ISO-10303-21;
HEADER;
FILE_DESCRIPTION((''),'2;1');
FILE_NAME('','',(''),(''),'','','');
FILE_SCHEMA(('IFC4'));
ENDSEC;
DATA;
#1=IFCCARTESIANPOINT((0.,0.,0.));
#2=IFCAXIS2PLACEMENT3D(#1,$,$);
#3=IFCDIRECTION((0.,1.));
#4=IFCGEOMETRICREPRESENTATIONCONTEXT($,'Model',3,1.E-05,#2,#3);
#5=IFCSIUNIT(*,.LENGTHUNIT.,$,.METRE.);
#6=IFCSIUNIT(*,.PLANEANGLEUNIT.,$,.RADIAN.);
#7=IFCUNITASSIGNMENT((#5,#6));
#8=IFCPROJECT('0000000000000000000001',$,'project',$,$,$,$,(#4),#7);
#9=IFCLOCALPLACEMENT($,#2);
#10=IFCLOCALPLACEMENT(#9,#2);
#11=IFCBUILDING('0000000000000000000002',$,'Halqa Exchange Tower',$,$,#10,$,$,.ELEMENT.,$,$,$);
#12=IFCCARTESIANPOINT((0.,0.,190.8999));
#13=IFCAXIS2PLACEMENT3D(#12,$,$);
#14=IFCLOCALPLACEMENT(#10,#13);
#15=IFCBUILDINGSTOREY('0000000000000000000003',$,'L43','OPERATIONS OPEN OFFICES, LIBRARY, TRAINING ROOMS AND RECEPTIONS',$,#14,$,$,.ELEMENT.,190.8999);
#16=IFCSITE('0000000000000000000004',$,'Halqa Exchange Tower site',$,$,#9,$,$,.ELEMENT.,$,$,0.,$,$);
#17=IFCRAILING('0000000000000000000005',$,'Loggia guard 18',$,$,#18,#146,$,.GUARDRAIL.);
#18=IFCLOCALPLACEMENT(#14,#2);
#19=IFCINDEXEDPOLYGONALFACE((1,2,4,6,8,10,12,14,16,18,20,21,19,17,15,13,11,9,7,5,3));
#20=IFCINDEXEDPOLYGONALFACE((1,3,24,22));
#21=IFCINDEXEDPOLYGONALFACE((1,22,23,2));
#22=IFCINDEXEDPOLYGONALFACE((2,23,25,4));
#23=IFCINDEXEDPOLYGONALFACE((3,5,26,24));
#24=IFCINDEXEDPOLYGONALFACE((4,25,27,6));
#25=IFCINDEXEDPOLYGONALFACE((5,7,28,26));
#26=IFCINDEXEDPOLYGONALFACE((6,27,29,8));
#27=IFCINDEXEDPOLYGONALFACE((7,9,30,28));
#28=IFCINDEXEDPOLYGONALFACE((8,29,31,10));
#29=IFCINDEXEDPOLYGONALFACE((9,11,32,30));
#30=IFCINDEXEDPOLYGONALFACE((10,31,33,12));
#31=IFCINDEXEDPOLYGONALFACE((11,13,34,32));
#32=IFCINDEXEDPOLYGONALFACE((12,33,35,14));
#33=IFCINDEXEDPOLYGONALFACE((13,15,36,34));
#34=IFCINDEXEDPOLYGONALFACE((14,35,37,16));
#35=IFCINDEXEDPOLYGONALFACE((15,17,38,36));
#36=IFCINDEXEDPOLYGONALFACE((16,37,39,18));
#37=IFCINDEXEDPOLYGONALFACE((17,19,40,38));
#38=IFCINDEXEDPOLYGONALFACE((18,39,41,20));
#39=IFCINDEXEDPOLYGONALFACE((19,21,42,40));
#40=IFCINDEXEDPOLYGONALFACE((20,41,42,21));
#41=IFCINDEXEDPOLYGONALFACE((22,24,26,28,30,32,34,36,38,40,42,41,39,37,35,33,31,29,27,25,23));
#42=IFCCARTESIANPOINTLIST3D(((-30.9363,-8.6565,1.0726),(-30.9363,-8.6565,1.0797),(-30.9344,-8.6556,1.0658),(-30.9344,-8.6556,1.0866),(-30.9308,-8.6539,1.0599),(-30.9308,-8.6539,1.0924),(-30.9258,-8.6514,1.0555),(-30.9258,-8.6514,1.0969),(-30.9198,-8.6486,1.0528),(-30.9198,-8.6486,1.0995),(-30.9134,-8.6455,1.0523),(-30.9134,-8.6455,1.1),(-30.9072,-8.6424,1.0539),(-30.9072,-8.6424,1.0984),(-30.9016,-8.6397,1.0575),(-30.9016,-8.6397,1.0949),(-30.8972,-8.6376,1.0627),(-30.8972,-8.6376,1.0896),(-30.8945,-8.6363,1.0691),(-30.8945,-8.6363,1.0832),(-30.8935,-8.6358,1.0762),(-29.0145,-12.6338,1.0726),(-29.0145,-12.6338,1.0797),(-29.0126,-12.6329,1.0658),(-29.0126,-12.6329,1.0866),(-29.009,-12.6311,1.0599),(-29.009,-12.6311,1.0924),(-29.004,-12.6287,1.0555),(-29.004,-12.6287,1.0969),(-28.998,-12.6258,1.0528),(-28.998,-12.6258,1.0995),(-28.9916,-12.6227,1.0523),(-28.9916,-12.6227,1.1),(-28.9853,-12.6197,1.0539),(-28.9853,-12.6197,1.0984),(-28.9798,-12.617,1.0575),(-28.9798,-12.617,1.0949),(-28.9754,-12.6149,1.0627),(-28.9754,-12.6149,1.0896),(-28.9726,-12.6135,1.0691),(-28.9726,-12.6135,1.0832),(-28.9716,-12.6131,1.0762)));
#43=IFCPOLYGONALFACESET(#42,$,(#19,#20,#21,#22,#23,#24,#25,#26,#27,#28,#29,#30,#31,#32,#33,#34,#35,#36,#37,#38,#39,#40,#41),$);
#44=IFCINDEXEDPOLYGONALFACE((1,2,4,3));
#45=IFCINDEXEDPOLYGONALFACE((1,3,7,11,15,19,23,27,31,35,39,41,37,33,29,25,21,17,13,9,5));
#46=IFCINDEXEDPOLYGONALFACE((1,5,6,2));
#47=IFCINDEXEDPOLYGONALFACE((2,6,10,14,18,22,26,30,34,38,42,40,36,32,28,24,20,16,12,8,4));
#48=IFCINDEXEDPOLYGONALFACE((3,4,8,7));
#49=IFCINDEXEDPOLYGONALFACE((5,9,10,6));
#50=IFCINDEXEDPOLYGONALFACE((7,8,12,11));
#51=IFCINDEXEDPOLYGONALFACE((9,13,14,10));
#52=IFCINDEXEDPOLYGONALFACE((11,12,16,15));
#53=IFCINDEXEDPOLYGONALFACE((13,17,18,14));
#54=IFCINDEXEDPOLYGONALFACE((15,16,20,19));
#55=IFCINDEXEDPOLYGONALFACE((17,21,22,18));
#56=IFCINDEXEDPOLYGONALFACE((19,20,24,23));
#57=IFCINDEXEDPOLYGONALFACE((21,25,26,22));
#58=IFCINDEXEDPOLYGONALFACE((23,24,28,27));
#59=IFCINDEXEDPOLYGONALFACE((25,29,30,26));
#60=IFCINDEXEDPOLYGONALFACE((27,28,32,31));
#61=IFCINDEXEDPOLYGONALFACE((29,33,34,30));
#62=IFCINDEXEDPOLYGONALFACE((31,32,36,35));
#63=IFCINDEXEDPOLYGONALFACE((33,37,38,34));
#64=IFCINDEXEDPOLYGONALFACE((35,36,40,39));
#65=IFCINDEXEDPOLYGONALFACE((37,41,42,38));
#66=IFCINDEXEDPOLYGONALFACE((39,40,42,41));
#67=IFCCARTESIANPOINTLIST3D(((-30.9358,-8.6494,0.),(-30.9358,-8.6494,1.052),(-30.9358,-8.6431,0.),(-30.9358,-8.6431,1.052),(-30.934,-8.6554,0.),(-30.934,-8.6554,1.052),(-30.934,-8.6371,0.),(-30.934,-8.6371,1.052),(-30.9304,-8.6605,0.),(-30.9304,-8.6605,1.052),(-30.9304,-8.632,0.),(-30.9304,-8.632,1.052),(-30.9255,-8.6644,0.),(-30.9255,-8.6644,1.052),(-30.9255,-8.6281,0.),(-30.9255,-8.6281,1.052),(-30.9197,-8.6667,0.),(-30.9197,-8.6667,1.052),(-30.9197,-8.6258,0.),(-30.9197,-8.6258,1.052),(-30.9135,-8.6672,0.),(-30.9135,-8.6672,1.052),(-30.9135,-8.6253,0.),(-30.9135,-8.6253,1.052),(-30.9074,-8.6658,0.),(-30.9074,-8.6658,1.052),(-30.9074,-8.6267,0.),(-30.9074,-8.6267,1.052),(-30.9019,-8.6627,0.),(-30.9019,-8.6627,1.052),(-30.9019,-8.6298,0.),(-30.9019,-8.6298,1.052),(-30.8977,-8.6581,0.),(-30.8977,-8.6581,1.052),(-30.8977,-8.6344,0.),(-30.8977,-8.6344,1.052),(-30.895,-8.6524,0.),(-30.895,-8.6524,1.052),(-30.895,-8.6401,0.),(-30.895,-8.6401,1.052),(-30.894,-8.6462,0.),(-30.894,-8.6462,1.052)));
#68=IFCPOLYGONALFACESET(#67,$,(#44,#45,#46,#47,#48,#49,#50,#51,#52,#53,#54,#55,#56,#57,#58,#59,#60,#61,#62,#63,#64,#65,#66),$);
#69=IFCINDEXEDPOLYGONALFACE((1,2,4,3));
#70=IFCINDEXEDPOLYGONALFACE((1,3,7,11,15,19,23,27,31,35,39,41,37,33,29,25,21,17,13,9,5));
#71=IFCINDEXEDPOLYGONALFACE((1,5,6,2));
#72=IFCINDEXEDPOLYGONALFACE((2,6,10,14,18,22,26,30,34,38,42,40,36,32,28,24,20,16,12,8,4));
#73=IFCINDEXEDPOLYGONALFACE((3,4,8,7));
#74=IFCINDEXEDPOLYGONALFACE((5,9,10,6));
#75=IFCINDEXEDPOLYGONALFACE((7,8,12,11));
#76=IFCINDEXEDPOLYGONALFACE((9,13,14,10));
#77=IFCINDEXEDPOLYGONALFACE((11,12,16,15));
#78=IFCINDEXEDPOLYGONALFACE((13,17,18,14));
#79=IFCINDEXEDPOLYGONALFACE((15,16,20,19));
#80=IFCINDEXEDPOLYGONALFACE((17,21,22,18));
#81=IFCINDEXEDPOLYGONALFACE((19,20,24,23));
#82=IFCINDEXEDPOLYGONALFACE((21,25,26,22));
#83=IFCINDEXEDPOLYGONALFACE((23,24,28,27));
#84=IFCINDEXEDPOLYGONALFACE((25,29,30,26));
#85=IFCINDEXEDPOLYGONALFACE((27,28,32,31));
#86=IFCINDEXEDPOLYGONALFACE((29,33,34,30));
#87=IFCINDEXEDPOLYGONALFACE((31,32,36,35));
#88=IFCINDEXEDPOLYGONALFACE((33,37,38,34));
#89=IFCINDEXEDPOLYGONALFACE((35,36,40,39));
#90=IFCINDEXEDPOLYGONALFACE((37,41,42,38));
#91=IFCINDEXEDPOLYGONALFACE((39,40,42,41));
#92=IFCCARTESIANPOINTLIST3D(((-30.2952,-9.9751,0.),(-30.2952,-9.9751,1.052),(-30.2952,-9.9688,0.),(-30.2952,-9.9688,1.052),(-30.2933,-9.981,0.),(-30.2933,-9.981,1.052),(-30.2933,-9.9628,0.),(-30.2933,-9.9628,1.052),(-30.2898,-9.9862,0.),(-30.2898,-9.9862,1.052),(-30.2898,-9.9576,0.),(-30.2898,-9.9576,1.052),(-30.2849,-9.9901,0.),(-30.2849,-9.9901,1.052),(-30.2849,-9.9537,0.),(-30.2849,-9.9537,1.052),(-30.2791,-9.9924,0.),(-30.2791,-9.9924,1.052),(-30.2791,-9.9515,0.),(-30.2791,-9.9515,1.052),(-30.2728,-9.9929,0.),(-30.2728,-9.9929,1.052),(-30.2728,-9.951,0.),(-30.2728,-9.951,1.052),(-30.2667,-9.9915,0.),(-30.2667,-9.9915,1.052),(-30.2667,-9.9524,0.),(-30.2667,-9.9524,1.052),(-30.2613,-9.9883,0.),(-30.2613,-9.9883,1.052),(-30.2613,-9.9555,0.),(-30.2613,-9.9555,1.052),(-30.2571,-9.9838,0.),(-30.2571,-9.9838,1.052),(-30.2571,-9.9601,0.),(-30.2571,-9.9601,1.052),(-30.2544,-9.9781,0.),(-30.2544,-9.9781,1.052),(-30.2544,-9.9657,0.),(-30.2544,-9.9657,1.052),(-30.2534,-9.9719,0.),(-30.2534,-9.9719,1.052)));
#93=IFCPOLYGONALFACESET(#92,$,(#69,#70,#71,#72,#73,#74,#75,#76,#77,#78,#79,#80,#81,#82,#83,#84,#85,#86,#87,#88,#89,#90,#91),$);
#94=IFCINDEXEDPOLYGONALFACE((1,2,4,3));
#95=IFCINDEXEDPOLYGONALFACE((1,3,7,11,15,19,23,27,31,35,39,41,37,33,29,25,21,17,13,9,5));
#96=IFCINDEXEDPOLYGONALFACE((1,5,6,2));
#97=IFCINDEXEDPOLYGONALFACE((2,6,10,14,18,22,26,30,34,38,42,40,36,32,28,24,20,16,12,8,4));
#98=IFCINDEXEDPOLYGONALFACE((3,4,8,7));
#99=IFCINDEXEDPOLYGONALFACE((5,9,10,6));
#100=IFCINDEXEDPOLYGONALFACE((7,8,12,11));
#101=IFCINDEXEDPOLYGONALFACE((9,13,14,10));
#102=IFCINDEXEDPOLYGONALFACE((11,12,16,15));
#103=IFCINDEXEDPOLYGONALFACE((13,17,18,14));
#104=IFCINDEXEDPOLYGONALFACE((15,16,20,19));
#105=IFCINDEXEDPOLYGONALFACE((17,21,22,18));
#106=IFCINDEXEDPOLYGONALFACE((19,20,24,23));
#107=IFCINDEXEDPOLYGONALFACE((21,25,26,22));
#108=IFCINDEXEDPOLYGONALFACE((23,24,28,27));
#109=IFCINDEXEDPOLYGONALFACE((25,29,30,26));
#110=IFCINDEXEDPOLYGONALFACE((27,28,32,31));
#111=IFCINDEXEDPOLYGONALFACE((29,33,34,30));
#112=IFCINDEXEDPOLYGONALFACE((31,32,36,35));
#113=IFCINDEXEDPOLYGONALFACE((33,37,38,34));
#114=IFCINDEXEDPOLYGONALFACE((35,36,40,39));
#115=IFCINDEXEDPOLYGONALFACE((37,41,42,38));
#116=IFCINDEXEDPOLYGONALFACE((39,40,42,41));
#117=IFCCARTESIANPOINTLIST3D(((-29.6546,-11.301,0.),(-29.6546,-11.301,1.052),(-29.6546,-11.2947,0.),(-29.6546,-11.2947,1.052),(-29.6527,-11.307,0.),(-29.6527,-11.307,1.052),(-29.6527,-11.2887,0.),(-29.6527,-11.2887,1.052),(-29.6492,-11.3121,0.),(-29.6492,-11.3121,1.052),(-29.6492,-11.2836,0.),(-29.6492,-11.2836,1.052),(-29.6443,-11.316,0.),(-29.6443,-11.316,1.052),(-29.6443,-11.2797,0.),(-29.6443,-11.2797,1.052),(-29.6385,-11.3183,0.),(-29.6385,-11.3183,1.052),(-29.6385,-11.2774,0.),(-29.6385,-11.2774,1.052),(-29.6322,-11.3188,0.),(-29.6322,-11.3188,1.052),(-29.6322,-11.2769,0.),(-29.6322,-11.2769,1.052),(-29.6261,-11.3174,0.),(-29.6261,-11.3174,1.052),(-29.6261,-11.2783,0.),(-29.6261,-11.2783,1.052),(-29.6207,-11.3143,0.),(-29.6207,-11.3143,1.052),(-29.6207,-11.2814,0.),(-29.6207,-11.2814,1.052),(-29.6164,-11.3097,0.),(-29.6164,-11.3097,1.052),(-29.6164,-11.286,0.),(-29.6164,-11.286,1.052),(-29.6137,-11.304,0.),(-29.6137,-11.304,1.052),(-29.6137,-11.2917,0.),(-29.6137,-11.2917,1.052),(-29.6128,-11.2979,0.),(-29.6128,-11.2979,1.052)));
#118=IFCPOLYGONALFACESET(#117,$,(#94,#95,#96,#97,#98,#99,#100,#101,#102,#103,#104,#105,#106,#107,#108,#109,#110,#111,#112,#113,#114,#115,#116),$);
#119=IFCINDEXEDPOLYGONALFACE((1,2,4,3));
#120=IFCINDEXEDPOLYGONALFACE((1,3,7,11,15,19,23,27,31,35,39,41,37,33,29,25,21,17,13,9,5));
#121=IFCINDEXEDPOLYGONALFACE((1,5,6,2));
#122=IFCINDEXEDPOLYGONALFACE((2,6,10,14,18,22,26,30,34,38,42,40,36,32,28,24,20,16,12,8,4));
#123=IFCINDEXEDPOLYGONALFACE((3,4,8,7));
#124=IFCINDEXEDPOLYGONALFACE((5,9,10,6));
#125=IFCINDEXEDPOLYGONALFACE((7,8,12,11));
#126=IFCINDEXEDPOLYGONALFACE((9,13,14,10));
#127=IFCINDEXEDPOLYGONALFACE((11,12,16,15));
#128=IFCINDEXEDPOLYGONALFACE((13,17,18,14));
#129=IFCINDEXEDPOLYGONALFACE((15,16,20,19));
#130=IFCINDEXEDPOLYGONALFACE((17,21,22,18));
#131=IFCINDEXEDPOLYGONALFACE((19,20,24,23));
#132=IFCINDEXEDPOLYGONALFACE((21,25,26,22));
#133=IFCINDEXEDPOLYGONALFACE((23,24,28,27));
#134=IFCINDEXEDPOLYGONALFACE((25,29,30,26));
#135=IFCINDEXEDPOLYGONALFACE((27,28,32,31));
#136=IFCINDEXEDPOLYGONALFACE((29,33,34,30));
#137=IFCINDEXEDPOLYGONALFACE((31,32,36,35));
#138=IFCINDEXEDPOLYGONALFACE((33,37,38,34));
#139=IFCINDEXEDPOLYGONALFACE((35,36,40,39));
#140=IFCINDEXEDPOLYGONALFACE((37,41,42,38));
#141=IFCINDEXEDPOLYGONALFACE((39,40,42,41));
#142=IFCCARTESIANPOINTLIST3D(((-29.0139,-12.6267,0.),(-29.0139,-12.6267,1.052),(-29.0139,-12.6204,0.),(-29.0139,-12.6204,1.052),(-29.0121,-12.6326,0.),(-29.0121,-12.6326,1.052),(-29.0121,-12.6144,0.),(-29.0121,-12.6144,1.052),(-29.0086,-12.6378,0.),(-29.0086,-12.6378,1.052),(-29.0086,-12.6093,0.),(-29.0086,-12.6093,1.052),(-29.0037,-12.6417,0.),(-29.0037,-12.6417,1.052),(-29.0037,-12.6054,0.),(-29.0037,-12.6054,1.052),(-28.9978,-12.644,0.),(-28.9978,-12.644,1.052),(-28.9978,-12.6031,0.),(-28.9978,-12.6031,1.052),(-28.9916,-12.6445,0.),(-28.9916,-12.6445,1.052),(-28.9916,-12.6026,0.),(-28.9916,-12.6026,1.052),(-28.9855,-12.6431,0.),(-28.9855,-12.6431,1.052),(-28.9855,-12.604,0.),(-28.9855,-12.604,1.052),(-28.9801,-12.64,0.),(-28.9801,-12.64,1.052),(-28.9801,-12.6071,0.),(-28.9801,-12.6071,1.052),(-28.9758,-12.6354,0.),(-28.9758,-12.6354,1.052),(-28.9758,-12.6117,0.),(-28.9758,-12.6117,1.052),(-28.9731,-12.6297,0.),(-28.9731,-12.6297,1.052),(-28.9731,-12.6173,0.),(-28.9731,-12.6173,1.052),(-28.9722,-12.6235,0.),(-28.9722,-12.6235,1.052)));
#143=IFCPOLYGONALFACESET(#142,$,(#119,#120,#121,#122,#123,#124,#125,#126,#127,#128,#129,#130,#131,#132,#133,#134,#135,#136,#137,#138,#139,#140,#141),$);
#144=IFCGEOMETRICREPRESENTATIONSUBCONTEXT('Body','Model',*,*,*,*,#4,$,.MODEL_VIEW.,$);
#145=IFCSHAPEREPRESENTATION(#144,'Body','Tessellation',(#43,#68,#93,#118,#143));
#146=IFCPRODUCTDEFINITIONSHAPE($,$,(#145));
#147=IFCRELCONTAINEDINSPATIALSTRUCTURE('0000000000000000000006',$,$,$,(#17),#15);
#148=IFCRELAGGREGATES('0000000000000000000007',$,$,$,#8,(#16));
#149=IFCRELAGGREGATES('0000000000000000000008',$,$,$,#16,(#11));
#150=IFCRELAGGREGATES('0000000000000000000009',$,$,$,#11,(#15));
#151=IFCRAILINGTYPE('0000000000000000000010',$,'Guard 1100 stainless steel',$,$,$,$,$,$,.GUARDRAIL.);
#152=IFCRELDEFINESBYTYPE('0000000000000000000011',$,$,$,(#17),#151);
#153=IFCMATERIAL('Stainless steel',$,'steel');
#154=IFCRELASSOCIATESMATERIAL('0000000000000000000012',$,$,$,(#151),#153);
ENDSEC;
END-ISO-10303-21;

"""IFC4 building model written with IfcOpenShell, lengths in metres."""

from ifc_helpers import new_model, si_unit, direction, frame, origin, origin_2d, place, context, subcontext, project, spatial, circle, extrude, material, type_object, element, save


model = new_model("IFC4")

# Units and contexts
model_context = context("Model", 3, precision=1e-05, world=origin(), true_north=direction((0.0, 1.0)))
body_context = subcontext(model_context, "Body", "Model", "MODEL_VIEW")
ifc_project = project(units=[si_unit("LENGTHUNIT", "METRE"), si_unit("PLANEANGLEUNIT", "RADIAN")], contexts=[model_context])

# Site, building, storey
site_placement = place(None, origin())
site = spatial("IfcSite", under=ifc_project, at=site_placement, Name="Halqa Exchange Tower site", CompositionType="ELEMENT", RefElevation=0.0)
building_placement = place(site_placement, origin())
building = spatial("IfcBuilding", under=site, at=building_placement, Name="Halqa Exchange Tower", CompositionType="ELEMENT")
storey_placement = place(building_placement, frame((0.0, 0.0, 190.8999)))
storey = spatial("IfcBuildingStorey", under=building, at=storey_placement, Name="L43", Description="OPERATIONS OPEN OFFICES, LIBRARY, TRAINING ROOMS AND RECEPTIONS", CompositionType="ELEMENT", Elevation=190.8999)

# Railing
ifc_material_1 = material(Name="Stainless steel", Category="steel")
railing_type = type_object("IfcRailingType", Name="Guard 1100 stainless steel", PredefinedType="GUARDRAIL", material=ifc_material_1)
railing_1_placement = place(storey_placement, frame((-30.915, -8.6462, 0.0)))
element("IfcRailing", 1, at=railing_1_placement, inside=storey, type_object=railing_type, Name="Loggia guard 18", PredefinedType="GUARDRAIL", context=body_context, shape_type="SweptSolid", body=[
    extrude(circle(Radius=0.0239, at=origin_2d()), frame((0.0, 0.0, 1.0762), z_axis=(0.43508, -0.900392, 0.0), x_axis=(0.900392, 0.43508, 0.0)), (0.0, 0.0, 1.0), 4.4172),
    extrude(circle(Radius=0.021, at=origin_2d()), origin(), (0.0, 0.0, 1.0), 1.052),
    extrude(circle(Radius=0.021, at=origin_2d()), frame((0.6406, -1.3257, 0.0)), (0.0, 0.0, 1.0), 1.052),
    extrude(circle(Radius=0.021, at=origin_2d()), frame((1.2812, -2.6516, 0.0)), (0.0, 0.0, 1.0), 1.052),
    extrude(circle(Radius=0.021, at=origin_2d()), frame((1.9219, -3.9773, 0.0)), (0.0, 0.0, 1.0), 1.052),
])

save(model, "model.ifc")
